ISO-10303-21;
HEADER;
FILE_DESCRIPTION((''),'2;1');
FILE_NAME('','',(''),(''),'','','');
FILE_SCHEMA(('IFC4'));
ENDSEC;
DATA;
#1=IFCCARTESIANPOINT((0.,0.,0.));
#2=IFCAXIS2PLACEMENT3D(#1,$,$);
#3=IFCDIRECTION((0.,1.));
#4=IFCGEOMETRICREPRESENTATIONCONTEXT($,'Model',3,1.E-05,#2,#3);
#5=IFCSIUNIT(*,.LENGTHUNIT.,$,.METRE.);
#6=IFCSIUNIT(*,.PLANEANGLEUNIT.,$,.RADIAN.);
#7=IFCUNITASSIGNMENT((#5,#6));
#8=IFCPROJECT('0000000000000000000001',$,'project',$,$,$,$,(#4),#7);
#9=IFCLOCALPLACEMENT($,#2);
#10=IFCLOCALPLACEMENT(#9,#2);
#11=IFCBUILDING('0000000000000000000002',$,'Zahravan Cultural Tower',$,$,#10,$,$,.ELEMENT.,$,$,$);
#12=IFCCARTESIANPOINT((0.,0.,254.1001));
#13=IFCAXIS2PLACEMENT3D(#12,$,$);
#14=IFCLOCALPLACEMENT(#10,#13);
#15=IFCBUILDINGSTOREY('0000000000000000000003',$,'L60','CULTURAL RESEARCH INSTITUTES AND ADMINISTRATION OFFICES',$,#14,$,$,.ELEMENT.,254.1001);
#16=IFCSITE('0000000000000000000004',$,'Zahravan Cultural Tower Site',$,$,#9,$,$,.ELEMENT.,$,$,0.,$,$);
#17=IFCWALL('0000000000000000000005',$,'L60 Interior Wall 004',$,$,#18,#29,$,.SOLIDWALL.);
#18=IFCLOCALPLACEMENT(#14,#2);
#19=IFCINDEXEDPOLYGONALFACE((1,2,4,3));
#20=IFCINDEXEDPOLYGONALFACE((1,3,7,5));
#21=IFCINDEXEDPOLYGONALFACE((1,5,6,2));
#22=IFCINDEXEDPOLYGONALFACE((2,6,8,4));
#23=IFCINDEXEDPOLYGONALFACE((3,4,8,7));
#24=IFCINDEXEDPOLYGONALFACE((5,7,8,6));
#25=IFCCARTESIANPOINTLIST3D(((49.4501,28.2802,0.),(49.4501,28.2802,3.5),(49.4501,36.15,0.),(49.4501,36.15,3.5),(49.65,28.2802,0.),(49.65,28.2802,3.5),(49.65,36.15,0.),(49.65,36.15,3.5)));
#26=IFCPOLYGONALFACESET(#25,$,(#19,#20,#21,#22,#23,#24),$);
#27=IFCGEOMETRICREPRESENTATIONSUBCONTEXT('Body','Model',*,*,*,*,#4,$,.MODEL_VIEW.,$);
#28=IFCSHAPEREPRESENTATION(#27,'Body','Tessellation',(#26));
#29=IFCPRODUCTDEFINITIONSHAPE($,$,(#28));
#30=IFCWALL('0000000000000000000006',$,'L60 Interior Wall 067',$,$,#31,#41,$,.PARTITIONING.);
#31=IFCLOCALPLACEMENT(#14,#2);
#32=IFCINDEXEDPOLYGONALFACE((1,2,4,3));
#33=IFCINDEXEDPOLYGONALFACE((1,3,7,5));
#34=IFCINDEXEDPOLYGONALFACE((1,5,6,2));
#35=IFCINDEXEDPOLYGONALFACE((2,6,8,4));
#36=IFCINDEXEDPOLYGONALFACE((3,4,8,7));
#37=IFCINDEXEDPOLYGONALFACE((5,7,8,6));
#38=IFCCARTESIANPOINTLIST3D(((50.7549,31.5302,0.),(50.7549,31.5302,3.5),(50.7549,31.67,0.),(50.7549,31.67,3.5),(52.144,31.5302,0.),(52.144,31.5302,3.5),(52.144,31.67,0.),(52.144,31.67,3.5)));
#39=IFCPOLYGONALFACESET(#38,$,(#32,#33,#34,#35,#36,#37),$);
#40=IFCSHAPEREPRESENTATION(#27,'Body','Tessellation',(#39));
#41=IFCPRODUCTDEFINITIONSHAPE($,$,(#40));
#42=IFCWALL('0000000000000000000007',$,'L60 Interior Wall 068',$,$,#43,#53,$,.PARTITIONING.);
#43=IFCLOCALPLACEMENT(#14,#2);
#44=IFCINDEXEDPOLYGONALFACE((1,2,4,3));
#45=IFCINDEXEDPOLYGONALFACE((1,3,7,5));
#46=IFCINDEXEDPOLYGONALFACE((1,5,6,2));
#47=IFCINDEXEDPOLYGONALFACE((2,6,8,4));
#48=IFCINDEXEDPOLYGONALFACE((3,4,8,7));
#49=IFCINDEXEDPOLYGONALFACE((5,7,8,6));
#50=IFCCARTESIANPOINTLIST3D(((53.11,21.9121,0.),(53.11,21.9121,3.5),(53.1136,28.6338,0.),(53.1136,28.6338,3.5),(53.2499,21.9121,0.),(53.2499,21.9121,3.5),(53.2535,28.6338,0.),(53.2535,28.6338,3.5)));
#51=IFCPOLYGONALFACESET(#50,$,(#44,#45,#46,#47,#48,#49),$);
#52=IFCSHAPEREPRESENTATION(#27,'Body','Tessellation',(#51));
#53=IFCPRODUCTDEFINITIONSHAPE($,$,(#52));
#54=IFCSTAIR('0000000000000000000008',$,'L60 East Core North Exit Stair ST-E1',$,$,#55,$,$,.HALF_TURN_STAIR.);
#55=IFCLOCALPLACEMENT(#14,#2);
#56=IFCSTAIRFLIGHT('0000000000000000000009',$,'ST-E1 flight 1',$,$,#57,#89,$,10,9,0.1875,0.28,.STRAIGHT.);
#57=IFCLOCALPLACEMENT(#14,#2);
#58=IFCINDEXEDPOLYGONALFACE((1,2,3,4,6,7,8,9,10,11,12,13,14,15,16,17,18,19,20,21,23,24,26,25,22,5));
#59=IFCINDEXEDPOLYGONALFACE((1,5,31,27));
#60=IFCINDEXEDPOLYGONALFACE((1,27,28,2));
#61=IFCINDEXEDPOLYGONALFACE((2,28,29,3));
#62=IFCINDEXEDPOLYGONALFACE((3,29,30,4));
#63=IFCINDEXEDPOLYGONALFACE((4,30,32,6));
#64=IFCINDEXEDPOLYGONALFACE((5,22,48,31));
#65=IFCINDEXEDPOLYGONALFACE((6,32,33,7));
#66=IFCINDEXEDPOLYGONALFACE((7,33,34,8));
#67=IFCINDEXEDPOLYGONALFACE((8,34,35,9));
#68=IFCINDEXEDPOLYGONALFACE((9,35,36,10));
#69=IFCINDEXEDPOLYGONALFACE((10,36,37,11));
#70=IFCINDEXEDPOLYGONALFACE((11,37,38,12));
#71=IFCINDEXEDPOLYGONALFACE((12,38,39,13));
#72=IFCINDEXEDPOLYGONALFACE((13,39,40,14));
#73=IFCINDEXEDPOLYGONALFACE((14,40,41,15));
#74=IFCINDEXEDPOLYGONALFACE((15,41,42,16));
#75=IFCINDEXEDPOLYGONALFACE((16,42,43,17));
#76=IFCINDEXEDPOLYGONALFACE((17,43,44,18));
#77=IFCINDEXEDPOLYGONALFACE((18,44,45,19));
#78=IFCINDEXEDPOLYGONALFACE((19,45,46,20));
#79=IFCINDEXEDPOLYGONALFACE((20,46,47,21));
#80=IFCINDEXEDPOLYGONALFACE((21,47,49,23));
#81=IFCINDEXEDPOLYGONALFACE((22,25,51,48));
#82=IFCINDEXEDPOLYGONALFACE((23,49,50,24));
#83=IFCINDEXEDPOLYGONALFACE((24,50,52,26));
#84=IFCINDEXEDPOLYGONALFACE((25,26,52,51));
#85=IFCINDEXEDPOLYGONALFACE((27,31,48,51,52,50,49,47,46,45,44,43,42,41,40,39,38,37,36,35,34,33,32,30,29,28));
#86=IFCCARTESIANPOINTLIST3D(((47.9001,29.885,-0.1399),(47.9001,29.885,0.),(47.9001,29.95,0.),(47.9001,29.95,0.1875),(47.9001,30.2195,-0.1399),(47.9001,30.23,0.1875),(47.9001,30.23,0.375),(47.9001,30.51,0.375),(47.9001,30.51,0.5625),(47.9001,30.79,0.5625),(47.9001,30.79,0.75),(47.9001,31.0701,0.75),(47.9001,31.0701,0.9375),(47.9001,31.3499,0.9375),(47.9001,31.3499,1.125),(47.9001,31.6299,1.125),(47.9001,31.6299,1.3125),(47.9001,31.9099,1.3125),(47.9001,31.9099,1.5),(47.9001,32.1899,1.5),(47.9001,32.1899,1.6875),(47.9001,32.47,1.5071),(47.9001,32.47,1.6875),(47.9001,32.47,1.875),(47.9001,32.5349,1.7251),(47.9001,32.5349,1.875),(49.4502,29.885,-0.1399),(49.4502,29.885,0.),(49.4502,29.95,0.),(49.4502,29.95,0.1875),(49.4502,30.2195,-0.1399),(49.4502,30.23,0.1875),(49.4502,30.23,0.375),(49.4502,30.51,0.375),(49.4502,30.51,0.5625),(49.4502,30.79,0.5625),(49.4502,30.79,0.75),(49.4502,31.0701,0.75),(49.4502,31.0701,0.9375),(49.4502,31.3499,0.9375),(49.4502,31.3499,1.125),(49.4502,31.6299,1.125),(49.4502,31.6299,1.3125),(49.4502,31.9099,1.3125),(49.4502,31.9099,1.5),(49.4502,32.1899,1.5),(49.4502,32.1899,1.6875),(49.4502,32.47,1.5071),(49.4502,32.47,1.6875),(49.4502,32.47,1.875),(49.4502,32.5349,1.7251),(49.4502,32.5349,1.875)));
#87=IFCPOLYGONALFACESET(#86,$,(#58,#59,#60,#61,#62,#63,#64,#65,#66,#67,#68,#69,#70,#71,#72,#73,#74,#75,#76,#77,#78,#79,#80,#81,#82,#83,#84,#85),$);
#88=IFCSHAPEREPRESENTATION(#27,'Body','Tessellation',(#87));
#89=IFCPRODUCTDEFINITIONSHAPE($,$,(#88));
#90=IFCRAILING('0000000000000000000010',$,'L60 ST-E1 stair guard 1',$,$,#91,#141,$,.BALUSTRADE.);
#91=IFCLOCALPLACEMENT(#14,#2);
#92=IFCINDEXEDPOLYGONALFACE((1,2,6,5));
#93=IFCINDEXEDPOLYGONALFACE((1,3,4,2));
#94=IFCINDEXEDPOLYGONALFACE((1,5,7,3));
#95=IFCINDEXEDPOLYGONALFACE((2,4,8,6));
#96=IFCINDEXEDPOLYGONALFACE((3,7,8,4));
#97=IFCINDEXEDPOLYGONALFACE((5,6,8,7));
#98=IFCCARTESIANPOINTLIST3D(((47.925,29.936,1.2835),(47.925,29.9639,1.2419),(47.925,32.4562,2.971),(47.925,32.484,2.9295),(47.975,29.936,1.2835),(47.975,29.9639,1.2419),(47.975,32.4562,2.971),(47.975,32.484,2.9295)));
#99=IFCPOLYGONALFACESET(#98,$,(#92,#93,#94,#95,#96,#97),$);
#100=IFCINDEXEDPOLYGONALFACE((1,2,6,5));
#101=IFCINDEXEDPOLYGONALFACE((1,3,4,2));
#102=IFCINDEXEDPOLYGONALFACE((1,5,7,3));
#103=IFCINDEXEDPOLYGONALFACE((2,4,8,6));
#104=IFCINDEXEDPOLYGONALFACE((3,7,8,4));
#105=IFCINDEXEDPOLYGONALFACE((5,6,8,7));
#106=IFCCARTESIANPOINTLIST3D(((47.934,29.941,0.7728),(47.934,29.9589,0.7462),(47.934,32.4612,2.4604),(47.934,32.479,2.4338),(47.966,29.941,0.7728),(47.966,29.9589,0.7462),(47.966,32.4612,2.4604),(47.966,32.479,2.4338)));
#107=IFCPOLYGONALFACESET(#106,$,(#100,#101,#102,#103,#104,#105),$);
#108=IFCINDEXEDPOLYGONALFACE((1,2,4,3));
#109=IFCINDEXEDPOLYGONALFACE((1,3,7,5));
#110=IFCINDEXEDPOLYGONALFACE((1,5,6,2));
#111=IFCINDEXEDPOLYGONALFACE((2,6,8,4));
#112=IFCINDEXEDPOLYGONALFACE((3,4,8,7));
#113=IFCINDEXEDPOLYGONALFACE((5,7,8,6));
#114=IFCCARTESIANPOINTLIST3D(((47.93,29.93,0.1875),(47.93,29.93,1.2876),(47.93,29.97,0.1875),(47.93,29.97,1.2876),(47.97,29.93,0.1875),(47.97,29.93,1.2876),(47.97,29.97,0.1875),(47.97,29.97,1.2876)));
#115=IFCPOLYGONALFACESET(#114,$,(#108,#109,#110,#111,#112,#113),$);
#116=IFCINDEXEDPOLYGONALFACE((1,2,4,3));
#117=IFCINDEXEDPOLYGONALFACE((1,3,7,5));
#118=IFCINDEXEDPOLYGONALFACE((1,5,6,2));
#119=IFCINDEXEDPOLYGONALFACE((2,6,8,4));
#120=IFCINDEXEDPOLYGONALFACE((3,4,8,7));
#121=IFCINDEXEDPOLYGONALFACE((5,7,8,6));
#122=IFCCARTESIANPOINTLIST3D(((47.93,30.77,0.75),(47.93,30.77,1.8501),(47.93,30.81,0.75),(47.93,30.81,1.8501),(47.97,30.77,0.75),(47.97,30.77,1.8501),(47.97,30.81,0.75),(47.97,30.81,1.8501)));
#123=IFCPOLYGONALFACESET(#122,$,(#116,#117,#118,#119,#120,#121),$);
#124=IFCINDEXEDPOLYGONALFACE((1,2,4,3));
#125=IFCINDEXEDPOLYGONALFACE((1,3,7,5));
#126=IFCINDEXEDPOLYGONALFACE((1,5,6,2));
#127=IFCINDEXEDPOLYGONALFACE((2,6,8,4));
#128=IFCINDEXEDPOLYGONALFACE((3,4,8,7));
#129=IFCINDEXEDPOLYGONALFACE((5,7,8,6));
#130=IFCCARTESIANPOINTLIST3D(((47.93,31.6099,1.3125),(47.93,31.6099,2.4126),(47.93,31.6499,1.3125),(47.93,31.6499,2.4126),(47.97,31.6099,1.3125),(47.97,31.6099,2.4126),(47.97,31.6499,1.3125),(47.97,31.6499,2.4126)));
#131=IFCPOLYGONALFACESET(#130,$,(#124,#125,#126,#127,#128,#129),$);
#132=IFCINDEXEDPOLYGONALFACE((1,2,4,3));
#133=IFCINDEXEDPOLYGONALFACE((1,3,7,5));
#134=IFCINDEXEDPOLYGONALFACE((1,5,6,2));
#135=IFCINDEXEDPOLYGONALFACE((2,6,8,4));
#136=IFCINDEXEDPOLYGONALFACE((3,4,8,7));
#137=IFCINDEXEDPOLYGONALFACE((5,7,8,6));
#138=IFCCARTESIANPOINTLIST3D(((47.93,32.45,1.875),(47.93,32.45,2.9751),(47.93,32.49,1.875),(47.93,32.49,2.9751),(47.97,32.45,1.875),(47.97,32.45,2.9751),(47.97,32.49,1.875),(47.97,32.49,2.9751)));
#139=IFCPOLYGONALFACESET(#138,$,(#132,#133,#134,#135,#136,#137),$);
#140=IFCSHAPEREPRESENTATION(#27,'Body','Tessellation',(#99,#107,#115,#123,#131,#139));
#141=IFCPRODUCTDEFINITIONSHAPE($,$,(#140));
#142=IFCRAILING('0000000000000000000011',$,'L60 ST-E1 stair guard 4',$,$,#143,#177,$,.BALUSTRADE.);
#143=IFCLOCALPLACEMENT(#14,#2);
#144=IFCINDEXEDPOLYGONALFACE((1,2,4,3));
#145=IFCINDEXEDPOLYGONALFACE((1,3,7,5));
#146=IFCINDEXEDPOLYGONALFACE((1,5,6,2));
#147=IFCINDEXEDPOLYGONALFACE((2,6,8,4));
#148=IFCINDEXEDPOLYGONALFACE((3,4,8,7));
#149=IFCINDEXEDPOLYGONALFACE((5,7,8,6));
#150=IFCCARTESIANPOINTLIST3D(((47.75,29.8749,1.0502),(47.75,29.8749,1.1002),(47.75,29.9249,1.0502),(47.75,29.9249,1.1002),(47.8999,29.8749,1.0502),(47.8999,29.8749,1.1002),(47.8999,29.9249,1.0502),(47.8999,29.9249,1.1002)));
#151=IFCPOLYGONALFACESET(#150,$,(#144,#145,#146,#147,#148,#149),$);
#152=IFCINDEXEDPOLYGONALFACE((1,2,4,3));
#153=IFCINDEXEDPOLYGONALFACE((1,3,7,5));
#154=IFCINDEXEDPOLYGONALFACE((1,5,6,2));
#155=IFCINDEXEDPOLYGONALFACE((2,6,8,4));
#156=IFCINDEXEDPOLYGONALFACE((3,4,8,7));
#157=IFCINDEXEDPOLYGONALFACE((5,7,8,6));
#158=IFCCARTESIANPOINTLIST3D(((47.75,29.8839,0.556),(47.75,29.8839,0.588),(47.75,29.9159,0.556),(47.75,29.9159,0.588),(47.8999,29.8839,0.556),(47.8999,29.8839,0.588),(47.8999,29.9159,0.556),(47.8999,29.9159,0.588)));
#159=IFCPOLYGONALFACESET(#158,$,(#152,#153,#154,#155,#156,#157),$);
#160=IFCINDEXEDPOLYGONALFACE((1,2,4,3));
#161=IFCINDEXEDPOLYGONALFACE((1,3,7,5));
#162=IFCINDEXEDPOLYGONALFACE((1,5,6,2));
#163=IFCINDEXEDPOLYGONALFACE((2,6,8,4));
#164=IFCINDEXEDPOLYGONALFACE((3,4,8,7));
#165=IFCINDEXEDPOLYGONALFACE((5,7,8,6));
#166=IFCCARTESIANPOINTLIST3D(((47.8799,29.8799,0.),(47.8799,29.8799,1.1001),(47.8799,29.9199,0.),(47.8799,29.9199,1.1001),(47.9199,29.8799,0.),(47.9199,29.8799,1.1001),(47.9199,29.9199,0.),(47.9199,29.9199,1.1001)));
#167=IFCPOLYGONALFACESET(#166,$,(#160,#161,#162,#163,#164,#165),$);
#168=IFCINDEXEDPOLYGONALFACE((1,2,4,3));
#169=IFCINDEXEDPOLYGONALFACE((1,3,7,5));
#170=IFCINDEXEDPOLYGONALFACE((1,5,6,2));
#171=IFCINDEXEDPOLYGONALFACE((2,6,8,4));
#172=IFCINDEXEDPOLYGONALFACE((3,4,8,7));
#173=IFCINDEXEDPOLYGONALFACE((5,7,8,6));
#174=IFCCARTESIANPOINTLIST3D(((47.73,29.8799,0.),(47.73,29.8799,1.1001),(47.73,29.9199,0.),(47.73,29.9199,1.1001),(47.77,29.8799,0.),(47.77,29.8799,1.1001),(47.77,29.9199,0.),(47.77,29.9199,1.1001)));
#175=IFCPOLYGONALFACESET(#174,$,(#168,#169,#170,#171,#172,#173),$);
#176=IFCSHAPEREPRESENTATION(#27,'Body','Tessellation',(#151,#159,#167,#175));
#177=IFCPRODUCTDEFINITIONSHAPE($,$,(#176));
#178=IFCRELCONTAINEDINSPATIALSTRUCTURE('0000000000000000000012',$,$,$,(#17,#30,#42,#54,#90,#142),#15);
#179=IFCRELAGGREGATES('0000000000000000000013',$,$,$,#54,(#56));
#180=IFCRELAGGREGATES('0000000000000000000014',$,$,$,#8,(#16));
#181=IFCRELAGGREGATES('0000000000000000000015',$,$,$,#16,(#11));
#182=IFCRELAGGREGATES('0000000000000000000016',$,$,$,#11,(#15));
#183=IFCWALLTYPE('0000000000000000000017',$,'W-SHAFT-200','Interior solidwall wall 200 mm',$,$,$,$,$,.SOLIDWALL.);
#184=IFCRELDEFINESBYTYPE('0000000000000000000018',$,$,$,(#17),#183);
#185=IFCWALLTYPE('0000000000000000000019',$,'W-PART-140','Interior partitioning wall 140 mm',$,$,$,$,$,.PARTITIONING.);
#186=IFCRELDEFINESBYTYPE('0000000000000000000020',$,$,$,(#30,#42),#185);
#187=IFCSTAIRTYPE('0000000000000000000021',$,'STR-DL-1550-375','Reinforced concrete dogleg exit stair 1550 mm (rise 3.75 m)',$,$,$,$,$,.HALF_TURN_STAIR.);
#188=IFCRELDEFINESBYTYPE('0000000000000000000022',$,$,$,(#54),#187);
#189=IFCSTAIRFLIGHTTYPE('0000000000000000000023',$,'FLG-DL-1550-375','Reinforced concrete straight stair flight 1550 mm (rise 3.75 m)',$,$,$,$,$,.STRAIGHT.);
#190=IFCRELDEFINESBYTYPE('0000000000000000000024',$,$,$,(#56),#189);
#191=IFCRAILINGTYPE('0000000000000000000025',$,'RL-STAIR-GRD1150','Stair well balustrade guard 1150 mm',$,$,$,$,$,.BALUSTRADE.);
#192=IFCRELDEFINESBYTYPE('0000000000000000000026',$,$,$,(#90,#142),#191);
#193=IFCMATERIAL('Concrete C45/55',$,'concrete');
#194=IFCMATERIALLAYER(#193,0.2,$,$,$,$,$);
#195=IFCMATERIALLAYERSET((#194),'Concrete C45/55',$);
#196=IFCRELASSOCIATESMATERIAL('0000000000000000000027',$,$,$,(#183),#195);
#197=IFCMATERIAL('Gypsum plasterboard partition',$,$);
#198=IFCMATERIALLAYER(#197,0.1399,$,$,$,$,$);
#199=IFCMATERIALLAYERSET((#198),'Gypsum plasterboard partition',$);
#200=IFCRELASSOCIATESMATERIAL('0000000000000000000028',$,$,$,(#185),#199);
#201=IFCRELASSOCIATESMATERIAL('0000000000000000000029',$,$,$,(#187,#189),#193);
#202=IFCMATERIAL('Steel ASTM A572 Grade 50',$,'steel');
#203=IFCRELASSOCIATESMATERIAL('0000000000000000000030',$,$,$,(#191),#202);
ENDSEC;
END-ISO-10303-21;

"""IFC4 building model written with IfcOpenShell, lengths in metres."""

from ifc_helpers import new_model, si_unit, direction, frame, frame_2d, origin, origin_2d, place, context, subcontext, project, spatial, polyline, rectangle, outline, extrude, source, transform, mapped, material, layer, layer_set, type_object, element, aggregate, save


model = new_model("IFC4")

# Units and contexts
model_context = context("Model", 3, precision=1e-05, world=origin(), true_north=direction((0.0, 1.0)))
body_context = subcontext(model_context, "Body", "Model", "MODEL_VIEW")
ifc_project = project(units=[si_unit("LENGTHUNIT", "METRE"), si_unit("PLANEANGLEUNIT", "RADIAN")], contexts=[model_context])

# Site, building, storey
site_placement = place(None, origin())
site = spatial("IfcSite", under=ifc_project, at=site_placement, Name="Zahravan Cultural Tower Site", CompositionType="ELEMENT", RefElevation=0.0)
building_placement = place(site_placement, origin())
building = spatial("IfcBuilding", under=site, at=building_placement, Name="Zahravan Cultural Tower", CompositionType="ELEMENT")
storey_placement = place(building_placement, frame((0.0, 0.0, 254.1001)))
storey = spatial("IfcBuildingStorey", under=building, at=storey_placement, Name="L60", Description="CULTURAL RESEARCH INSTITUTES AND ADMINISTRATION OFFICES", CompositionType="ELEMENT", Elevation=254.1001)

# Walls
ifc_material_1 = material(Name="Concrete C45/55", Category="concrete")
ifc_layer_1 = layer(ifc_material_1, 0.2)
ifc_layer_set_1 = layer_set([ifc_layer_1], Name="Concrete C45/55")
wall_type_1 = type_object("IfcWallType", Name="W-SHAFT-200", Description="Interior solidwall wall 200 mm", PredefinedType="SOLIDWALL", material=ifc_layer_set_1)
shared_shape_1 = source(origin(), body_context, "Body", "SweptSolid", [
    extrude(rectangle(XDim=7.8699, YDim=0.2, at=frame_2d((3.9351, 0.0))), origin(), (0.0, 0.0, 1.0), 3.5),
])
wall_1_placement = place(storey_placement, frame((49.55, 28.28, 0.0), z_axis=(0.0, 0.0, 1.0), x_axis=(0.0, 1.0, 0.0)))
element("IfcWall", 1, at=wall_1_placement, inside=storey, type_object=wall_type_1, Name="L60 Interior Wall 004", PredefinedType="SOLIDWALL", context=body_context, shape_type="MappedRepresentation", body=[
    mapped(shared_shape_1, transform((0.0, 0.0, 0.0), x_axis=(1.0, 0.0, 0.0), y_axis=(0.0, 1.0, 0.0), z_axis=(0.0, 0.0, 1.0), scale=1.0)),
])
ifc_material_2 = material(Name="Gypsum plasterboard partition")
ifc_layer_2 = layer(ifc_material_2, 0.1399)
ifc_layer_set_2 = layer_set([ifc_layer_2], Name="Gypsum plasterboard partition")
wall_type_2 = type_object("IfcWallType", Name="W-PART-140", Description="Interior partitioning wall 140 mm", PredefinedType="PARTITIONING", material=ifc_layer_set_2)
shared_shape_2 = source(origin(), body_context, "Body", "SweptSolid", [
    extrude(rectangle(XDim=1.3892, YDim=0.1399, at=frame_2d((0.6946, 0.0))), origin(), (0.0, 0.0, 1.0), 3.5),
])
wall_2_placement = place(storey_placement, frame((52.144, 31.6001, 0.0), z_axis=(0.0, 0.0, 1.0), x_axis=(-1.0, 0.0, 0.0)))
element("IfcWall", 2, at=wall_2_placement, inside=storey, type_object=wall_type_2, Name="L60 Interior Wall 067", PredefinedType="PARTITIONING", context=body_context, shape_type="MappedRepresentation", body=[
    mapped(shared_shape_2, transform((0.0, 0.0, 0.0), x_axis=(1.0, 0.0, 0.0), y_axis=(0.0, 1.0, 0.0), z_axis=(0.0, 0.0, 1.0), scale=1.0)),
])
shared_shape_3 = source(origin(), body_context, "Body", "SweptSolid", [
    extrude(rectangle(XDim=6.7217, YDim=0.1399, at=frame_2d((3.3608, 0.0))), origin(), (0.0, 0.0, 1.0), 3.5),
])
wall_3_placement = place(storey_placement, frame((53.1836, 28.6338, 0.0), z_axis=(0.0, 0.0, 1.0), x_axis=(-0.000545, -1.0, 0.0)))
element("IfcWall", 3, at=wall_3_placement, inside=storey, type_object=wall_type_2, Name="L60 Interior Wall 068", PredefinedType="PARTITIONING", context=body_context, shape_type="MappedRepresentation", body=[
    mapped(shared_shape_3, transform((0.0, 0.0, 0.0), x_axis=(1.0, 0.0, 0.0), y_axis=(0.0, 1.0, 0.0), z_axis=(0.0, 0.0, 1.0), scale=1.0)),
])

# Stair, stair flight
stair_type = type_object("IfcStairType", Name="STR-DL-1550-375", Description="Reinforced concrete dogleg exit stair 1550 mm (rise 3.75 m)", PredefinedType="HALF_TURN_STAIR", material=ifc_material_1)
stair_placement = place(storey_placement, origin())
stair = element("IfcStair", 4, at=stair_placement, inside=storey, type_object=stair_type, Name="L60 East Core North Exit Stair ST-E1", PredefinedType="HALF_TURN_STAIR")
stair_flight_type = type_object("IfcStairFlightType", Name="FLG-DL-1550-375", Description="Reinforced concrete straight stair flight 1550 mm (rise 3.75 m)", PredefinedType="STRAIGHT", material=ifc_material_1)
stair_flight_placement = place(storey_placement, frame((48.675, 29.95, 0.0), z_axis=(0.0, 0.0, 1.0), x_axis=(0.0, 1.0, 0.0)))
stair_flight = element("IfcStairFlight", 5, at=stair_flight_placement, type_object=stair_flight_type, Name="ST-E1 flight 1", NumberOfRisers=10, NumberOfTreads=9, PredefinedType="STRAIGHT", RiserHeight=0.1875, TreadLength=0.28, context=body_context, shape_type="SweptSolid", body=[
    extrude(outline(polyline([(-0.0649, -0.1399), (-0.0649, 0.0), (0.0, 0.0), (0.0, 0.1875), (0.28, 0.1875), (0.28, 0.375), (0.5601, 0.375), (0.5601, 0.5625), (0.8401, 0.5625), (0.8401, 0.75), (1.1201, 0.75), (1.1201, 0.9375), (1.3999, 0.9375), (1.3999, 1.125), (1.6799, 1.125), (1.6799, 1.3125), (1.96, 1.3125), (1.96, 1.5), (2.24, 1.5), (2.24, 1.6875), (2.52, 1.6875), (2.52, 1.875), (2.585, 1.875), (2.585, 1.7251), (2.52, 1.5071), (0.2695, -0.1399), (-0.0649, -0.1399)])), frame((0.0, 0.7749, 0.0), z_axis=(0.0, -1.0, 0.0), x_axis=(1.0, 0.0, 0.0)), (0.0, 0.0, 1.0), 1.55),
])
aggregate(stair, [stair_flight])

# Railings
ifc_material_3 = material(Name="Steel ASTM A572 Grade 50", Category="steel")
railing_type_1 = type_object("IfcRailingType", Name="RL-STAIR-GRD1150", Description="Stair well balustrade guard 1150 mm", PredefinedType="BALUSTRADE", material=ifc_material_3)
railing_1_placement = place(storey_placement, frame((47.95, 29.95, 0.1875)))
element("IfcRailing", 6, at=railing_1_placement, inside=storey, type_object=railing_type_1, Name="L60 ST-E1 stair guard 1", PredefinedType="BALUSTRADE", context=body_context, shape_type="SweptSolid", body=[
    extrude(rectangle(XDim=0.05, YDim=0.05, at=origin_2d()), frame((0.0, 0.0, 1.0752), z_axis=(0.0, 0.830909, 0.556408), x_axis=(-1.0, 0.0, 0.0)), (0.0, 0.0, 1.0), 3.033),
    extrude(rectangle(XDim=0.032, YDim=0.032, at=origin_2d()), frame((0.0, 0.0, 0.572), z_axis=(0.0, 0.830909, 0.556408), x_axis=(-1.0, 0.0, 0.0)), (0.0, 0.0, 1.0), 3.033),
    extrude(rectangle(XDim=0.04, YDim=0.04, at=origin_2d()), origin(), (0.0, 0.0, 1.0), 1.1001),
    extrude(rectangle(XDim=0.04, YDim=0.04, at=origin_2d()), frame((0.0, 0.8401, 0.5625)), (0.0, 0.0, 1.0), 1.1001),
    extrude(rectangle(XDim=0.04, YDim=0.04, at=origin_2d()), frame((0.0, 1.6799, 1.125)), (0.0, 0.0, 1.0), 1.1001),
    extrude(rectangle(XDim=0.04, YDim=0.04, at=origin_2d()), frame((0.0, 2.52, 1.6875)), (0.0, 0.0, 1.0), 1.1001),
])
railing_2_placement = place(storey_placement, frame((47.8999, 29.8999, 0.0)))
element("IfcRailing", 7, at=railing_2_placement, inside=storey, type_object=railing_type_1, Name="L60 ST-E1 stair guard 4", PredefinedType="BALUSTRADE", context=body_context, shape_type="SweptSolid", body=[
    extrude(rectangle(XDim=0.05, YDim=0.05, at=origin_2d()), frame((0.0, 0.0, 1.0752), z_axis=(-1.0, 0.0, 0.0), x_axis=(0.0, -1.0, 0.0)), (0.0, 0.0, 1.0), 0.1499),
    extrude(rectangle(XDim=0.032, YDim=0.032, at=origin_2d()), frame((0.0, 0.0, 0.572), z_axis=(-1.0, 0.0, 0.0), x_axis=(0.0, -1.0, 0.0)), (0.0, 0.0, 1.0), 0.1499),
    extrude(rectangle(XDim=0.04, YDim=0.04, at=origin_2d()), origin(), (0.0, 0.0, 1.0), 1.1001),
    extrude(rectangle(XDim=0.04, YDim=0.04, at=origin_2d()), frame((-0.1499, 0.0, 0.0)), (0.0, 0.0, 1.0), 1.1001),
])

save(model, "model.ifc")
